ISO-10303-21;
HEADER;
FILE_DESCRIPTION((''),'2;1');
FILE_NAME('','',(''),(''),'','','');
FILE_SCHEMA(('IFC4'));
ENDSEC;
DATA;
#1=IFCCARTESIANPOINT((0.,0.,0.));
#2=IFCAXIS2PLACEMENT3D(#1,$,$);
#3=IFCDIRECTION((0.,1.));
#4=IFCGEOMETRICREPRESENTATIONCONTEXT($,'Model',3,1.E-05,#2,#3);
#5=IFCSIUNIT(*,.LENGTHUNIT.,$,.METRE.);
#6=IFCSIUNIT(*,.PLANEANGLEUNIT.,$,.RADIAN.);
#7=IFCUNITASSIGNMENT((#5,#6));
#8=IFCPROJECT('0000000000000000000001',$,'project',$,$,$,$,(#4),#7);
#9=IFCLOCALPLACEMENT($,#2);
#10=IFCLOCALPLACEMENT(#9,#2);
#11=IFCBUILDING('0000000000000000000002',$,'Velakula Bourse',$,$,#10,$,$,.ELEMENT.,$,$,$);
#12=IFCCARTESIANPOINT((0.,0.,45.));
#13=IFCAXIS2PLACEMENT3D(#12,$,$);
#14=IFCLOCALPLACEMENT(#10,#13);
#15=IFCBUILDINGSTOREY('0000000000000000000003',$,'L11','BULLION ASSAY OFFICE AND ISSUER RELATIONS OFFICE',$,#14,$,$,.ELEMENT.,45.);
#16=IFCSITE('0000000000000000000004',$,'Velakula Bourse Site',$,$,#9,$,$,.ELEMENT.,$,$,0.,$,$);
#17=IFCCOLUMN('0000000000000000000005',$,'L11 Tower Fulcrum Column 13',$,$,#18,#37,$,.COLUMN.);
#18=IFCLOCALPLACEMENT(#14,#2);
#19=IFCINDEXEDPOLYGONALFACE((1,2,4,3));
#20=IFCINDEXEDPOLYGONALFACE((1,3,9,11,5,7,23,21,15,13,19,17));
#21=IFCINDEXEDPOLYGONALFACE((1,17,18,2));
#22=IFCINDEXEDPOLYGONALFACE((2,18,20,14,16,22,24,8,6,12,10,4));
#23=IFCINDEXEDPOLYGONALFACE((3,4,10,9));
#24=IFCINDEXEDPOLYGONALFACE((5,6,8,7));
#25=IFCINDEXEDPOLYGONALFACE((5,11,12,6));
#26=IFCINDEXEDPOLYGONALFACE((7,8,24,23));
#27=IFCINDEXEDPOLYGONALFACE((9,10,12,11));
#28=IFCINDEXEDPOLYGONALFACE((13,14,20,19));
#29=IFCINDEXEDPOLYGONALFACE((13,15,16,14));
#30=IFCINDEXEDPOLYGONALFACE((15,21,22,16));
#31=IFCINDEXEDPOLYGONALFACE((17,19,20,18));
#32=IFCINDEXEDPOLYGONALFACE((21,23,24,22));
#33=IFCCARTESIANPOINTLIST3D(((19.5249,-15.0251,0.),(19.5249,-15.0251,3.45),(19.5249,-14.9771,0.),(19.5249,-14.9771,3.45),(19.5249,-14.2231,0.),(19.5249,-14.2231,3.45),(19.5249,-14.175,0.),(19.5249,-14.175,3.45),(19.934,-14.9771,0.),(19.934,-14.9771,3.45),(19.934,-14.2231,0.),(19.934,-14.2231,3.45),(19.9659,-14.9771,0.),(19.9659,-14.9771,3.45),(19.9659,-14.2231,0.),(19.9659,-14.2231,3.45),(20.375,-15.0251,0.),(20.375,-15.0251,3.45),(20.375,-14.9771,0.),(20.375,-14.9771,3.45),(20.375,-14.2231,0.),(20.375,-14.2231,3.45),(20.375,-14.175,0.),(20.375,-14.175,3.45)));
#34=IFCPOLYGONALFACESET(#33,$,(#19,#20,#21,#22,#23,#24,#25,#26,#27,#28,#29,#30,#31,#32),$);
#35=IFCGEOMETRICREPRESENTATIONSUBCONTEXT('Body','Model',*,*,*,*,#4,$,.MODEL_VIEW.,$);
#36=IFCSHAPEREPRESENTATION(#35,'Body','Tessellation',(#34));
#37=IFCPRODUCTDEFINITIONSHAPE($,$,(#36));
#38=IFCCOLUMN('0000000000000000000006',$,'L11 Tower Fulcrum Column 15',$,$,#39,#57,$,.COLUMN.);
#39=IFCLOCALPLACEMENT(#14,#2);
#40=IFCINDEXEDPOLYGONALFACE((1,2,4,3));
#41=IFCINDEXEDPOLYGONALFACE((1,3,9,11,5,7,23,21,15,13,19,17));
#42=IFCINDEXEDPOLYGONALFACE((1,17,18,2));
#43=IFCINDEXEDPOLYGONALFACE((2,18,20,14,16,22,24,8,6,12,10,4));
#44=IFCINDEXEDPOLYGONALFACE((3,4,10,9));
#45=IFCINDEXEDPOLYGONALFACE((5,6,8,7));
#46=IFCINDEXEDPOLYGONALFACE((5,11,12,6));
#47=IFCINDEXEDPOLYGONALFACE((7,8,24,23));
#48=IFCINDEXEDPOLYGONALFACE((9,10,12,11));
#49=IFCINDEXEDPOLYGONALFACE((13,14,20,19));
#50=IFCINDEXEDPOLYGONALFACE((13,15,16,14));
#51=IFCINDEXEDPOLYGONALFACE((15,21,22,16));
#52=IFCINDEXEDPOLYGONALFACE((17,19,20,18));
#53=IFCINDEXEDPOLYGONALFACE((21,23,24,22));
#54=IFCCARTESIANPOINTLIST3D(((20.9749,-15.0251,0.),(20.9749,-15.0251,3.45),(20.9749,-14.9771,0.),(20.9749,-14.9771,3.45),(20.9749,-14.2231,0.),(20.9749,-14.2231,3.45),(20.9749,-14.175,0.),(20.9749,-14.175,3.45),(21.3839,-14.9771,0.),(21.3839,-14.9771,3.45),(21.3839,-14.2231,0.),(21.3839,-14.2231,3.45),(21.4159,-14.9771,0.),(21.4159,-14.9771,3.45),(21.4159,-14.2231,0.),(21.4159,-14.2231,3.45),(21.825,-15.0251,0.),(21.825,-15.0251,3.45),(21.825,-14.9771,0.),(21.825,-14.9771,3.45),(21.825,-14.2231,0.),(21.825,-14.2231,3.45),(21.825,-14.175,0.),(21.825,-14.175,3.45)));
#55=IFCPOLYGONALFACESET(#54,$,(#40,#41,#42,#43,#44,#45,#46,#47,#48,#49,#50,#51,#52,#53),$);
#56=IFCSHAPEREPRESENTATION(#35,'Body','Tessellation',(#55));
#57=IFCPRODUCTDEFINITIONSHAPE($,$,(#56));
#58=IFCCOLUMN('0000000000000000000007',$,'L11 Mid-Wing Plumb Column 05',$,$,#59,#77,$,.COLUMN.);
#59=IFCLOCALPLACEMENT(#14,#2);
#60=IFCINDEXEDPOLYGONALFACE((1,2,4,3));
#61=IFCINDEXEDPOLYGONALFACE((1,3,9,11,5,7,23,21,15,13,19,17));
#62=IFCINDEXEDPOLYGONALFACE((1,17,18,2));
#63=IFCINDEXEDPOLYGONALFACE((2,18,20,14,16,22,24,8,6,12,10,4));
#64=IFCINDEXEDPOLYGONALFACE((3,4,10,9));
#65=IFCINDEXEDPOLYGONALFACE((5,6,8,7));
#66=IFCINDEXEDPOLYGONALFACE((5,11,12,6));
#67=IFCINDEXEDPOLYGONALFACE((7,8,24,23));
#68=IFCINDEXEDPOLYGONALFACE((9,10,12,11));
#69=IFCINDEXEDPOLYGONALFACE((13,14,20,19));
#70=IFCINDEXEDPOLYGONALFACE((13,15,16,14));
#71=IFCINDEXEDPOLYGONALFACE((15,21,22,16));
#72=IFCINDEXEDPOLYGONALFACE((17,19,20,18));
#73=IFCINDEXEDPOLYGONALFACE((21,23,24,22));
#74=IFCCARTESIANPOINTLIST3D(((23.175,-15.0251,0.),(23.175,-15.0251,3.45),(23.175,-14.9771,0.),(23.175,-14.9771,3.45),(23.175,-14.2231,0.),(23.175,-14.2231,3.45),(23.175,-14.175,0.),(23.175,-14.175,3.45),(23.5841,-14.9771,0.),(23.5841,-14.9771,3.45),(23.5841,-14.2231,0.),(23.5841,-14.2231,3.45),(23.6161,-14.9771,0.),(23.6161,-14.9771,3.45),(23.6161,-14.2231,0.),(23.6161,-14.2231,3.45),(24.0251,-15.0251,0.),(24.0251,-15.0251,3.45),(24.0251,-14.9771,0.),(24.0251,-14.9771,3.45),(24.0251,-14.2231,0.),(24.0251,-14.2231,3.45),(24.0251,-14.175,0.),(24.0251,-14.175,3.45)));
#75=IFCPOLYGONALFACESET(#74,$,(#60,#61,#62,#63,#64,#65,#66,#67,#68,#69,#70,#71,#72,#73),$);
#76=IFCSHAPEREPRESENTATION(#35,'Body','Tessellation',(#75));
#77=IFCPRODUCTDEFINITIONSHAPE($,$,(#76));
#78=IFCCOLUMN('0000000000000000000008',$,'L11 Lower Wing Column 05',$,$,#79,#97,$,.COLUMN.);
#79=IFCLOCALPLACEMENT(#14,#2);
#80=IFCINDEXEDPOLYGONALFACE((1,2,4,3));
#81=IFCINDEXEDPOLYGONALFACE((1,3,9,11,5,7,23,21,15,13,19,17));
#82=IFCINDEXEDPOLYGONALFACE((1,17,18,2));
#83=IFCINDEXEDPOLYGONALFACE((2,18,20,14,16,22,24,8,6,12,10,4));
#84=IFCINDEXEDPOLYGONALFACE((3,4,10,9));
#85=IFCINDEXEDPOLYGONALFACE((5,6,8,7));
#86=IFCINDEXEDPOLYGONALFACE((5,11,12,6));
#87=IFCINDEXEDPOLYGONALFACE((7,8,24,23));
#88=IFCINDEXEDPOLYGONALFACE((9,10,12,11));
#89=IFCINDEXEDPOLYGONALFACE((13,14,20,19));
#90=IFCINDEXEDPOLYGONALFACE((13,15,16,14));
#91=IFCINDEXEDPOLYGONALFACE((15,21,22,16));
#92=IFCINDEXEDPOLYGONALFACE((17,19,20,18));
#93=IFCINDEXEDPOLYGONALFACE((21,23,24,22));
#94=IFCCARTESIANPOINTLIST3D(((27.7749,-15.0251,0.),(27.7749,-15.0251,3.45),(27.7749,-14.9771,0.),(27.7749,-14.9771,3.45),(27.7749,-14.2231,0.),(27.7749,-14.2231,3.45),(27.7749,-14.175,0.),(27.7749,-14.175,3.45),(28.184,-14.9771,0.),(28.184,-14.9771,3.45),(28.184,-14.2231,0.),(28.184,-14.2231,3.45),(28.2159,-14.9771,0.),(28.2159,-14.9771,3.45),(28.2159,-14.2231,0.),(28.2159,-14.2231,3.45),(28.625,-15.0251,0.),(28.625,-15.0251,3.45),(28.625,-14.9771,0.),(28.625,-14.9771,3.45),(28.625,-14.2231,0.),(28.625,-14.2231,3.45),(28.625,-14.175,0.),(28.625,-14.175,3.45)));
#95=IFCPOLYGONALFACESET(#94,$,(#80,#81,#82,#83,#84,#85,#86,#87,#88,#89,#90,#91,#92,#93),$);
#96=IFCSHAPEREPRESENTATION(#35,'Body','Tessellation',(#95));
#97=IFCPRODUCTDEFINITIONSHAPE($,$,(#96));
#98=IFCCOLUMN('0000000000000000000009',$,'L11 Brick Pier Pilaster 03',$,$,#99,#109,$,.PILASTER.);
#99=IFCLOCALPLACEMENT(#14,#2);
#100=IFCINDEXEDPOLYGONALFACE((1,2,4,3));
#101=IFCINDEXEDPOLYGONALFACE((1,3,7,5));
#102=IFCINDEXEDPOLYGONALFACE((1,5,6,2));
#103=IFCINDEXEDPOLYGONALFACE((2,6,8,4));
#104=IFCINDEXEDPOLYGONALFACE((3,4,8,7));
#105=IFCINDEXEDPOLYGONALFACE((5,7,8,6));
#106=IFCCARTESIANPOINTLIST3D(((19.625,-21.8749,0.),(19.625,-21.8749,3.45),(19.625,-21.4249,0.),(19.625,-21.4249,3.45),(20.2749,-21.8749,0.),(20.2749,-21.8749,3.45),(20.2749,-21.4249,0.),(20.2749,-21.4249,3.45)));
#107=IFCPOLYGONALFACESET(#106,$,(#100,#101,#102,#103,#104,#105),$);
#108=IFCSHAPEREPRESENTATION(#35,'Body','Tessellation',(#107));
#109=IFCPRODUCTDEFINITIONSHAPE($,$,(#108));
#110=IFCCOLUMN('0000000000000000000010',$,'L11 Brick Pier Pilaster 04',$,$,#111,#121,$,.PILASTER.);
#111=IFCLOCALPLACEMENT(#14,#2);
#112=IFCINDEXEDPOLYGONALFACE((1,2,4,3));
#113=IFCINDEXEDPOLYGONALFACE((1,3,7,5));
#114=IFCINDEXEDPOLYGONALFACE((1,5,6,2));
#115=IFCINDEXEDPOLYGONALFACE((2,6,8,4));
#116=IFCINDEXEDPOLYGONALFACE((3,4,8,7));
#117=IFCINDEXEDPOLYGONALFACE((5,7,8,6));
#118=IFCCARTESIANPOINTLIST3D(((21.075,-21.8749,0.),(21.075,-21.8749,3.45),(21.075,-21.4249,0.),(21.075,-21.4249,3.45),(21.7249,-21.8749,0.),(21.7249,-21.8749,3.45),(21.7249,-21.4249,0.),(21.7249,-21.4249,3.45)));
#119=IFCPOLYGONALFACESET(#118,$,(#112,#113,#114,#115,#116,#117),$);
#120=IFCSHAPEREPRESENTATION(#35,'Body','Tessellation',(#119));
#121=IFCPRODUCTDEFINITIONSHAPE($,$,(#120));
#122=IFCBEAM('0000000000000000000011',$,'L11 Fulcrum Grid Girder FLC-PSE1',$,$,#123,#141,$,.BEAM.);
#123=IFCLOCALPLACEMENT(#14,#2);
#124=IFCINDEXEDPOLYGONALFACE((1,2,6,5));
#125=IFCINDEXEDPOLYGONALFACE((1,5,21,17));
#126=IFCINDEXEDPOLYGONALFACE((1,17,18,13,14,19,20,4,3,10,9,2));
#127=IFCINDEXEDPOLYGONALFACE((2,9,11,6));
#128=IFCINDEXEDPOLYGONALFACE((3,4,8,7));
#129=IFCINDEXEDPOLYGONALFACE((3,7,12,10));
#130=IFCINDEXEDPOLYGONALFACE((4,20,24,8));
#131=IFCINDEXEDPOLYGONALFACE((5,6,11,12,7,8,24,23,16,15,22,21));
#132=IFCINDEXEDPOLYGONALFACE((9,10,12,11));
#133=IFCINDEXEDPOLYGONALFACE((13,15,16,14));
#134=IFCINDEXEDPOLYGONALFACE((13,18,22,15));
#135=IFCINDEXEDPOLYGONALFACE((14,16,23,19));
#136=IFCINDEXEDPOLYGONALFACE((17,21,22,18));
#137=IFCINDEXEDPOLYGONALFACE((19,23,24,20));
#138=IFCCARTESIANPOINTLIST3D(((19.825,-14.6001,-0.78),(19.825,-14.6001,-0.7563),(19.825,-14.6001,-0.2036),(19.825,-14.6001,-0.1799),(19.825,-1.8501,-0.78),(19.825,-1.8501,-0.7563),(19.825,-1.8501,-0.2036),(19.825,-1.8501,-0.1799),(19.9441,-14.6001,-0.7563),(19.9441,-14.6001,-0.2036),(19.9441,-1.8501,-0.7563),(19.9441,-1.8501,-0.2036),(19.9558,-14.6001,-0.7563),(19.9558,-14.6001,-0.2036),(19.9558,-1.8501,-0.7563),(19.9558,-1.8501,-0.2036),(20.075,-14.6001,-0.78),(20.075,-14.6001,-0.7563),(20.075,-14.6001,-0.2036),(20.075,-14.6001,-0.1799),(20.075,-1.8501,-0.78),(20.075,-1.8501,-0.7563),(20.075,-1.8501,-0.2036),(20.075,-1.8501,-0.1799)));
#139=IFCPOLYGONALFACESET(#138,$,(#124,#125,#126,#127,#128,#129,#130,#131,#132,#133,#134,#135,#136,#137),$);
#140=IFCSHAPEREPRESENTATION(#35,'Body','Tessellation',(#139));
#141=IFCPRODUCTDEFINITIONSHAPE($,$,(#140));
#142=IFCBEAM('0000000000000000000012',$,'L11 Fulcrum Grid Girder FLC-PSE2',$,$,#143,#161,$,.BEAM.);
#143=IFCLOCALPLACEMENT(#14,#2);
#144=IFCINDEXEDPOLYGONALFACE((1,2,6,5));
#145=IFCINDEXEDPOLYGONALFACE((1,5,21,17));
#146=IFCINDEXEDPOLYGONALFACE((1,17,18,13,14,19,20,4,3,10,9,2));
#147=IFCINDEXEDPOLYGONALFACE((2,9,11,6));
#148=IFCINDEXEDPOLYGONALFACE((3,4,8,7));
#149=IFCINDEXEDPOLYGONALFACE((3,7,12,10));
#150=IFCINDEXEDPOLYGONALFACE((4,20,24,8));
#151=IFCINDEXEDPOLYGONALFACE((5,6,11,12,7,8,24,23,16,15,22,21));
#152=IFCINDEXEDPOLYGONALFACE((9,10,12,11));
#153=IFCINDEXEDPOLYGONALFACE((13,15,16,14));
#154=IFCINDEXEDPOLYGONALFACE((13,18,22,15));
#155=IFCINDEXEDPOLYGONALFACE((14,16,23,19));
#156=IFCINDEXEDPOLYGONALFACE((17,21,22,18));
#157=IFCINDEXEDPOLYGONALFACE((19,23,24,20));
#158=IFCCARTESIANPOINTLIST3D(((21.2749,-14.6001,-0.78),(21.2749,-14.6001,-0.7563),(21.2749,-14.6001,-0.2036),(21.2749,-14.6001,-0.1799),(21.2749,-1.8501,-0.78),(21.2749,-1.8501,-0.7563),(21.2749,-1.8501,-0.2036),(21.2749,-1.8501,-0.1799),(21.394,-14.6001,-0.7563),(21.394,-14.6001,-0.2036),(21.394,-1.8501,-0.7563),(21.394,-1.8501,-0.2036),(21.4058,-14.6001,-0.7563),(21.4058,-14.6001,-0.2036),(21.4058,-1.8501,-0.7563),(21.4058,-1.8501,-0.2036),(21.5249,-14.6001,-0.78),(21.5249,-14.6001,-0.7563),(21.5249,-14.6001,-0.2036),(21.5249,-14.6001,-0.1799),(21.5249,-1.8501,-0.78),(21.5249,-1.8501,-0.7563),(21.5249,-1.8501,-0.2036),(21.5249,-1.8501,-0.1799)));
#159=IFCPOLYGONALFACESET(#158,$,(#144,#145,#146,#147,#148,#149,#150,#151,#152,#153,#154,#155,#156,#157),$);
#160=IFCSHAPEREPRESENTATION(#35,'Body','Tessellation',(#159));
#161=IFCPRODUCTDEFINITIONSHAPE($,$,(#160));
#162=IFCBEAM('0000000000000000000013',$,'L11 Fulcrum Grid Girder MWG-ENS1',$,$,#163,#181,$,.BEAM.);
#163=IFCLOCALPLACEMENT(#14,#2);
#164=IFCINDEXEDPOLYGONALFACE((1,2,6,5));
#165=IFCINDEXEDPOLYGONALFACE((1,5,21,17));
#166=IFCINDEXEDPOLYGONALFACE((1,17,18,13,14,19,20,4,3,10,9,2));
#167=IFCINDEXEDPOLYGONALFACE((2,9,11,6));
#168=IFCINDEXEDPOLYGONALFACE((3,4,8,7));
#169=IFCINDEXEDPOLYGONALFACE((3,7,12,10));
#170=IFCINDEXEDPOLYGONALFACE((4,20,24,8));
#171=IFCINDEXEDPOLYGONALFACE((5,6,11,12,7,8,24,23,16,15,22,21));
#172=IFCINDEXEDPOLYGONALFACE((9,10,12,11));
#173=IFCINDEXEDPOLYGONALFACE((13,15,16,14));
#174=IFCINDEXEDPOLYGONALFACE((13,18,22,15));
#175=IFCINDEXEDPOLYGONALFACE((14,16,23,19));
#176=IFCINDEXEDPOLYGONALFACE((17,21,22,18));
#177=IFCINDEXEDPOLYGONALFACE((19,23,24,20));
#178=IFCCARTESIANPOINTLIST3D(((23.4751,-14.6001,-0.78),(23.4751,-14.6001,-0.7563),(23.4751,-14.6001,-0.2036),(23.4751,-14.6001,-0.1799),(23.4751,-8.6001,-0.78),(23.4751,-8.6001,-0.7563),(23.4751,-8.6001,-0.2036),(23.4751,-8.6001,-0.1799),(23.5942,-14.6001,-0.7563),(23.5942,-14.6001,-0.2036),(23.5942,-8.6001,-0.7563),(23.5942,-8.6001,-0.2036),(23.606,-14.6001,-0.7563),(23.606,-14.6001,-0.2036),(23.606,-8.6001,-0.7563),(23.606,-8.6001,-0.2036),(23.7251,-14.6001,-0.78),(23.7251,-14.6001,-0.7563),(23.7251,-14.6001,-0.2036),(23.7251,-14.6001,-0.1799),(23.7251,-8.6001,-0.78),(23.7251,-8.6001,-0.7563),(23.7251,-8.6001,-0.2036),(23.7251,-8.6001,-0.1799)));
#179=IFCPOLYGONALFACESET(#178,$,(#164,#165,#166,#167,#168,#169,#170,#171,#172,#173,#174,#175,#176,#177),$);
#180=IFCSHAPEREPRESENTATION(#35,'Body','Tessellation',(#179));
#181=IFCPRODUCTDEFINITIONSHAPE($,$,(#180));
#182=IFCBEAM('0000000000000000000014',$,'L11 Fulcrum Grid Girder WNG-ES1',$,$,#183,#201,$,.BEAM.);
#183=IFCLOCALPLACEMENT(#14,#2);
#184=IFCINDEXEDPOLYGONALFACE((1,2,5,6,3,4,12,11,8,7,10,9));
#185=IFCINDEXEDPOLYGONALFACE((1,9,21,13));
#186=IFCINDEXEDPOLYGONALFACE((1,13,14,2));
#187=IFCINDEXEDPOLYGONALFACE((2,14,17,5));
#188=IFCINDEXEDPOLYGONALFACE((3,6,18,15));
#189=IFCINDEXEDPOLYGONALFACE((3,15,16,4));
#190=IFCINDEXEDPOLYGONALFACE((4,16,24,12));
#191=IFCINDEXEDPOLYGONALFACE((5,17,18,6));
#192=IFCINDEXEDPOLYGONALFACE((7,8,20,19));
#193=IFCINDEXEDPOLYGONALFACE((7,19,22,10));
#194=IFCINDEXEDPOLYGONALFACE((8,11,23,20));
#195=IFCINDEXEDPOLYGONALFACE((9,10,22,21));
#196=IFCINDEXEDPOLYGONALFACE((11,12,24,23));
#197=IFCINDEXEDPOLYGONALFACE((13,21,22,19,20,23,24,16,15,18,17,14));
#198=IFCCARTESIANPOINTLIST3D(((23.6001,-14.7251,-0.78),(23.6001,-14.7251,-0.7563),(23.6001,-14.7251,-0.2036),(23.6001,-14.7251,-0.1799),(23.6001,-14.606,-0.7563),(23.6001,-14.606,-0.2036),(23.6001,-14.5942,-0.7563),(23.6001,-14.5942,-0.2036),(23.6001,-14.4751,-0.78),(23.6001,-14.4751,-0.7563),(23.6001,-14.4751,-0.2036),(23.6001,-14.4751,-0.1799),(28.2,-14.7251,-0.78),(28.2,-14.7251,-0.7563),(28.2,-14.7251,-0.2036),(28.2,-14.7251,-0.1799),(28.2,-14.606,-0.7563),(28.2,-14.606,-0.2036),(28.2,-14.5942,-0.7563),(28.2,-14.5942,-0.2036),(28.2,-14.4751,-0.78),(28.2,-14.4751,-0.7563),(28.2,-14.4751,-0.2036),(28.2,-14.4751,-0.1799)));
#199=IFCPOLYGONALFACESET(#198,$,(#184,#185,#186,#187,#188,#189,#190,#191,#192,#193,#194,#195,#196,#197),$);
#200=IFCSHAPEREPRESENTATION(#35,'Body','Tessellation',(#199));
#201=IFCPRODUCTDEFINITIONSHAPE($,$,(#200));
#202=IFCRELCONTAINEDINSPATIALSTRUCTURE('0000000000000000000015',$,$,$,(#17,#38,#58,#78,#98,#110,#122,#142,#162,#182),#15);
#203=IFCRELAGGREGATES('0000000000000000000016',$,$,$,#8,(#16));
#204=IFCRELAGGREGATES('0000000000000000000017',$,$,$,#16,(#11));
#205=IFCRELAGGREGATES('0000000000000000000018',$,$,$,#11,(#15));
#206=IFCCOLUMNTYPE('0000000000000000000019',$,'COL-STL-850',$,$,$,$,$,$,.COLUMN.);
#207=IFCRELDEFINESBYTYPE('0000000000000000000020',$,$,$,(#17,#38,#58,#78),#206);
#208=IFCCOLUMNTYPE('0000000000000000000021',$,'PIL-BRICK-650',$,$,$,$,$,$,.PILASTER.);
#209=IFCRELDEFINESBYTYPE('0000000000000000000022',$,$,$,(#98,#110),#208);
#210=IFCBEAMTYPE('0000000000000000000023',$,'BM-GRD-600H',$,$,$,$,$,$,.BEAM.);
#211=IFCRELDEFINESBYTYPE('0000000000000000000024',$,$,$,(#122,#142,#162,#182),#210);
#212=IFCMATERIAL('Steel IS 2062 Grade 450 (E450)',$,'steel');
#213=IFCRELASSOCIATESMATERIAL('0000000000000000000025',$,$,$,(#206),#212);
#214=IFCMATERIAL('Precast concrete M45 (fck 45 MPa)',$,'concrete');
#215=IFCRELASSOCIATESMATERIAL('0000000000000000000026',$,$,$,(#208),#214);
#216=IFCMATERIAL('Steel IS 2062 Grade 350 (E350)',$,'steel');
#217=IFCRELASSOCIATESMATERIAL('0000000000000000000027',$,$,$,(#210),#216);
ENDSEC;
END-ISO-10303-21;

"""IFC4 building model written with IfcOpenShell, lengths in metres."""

from ifc_helpers import new_model, si_unit, direction, frame, origin, origin_2d, place, context, subcontext, project, spatial, rectangle, i_section, extrude, material, material_profile, profile_set, type_object, element, save


model = new_model("IFC4")

# Units and contexts
model_context = context("Model", 3, precision=1e-05, world=origin(), true_north=direction((0.0, 1.0)))
body_context = subcontext(model_context, "Body", "Model", "MODEL_VIEW")
ifc_project = project(units=[si_unit("LENGTHUNIT", "METRE"), si_unit("PLANEANGLEUNIT", "RADIAN")], contexts=[model_context])

# Site, building, storey
site_placement = place(None, origin())
site = spatial("IfcSite", under=ifc_project, at=site_placement, Name="Velakula Bourse Site", CompositionType="ELEMENT", RefElevation=0.0)
building_placement = place(site_placement, origin())
building = spatial("IfcBuilding", under=site, at=building_placement, Name="Velakula Bourse", CompositionType="ELEMENT")
storey_placement = place(building_placement, frame((0.0, 0.0, 45.0)))
storey = spatial("IfcBuildingStorey", under=building, at=storey_placement, Name="L11", Description="BULLION ASSAY OFFICE AND ISSUER RELATIONS OFFICE", CompositionType="ELEMENT", Elevation=45.0)

# Columns
ifc_material_1 = material(Name="Steel IS 2062 Grade 450 (E450)", Category="steel")
ifc_material_profile_1 = material_profile(ifc_material_1, i_section(OverallWidth=0.8501, OverallDepth=0.8501, WebThickness=0.032, FlangeThickness=0.0481, at=origin_2d()), Name="Steel IS 2062 Grade 450 (E450)")
ifc_profile_set_1 = profile_set([ifc_material_profile_1], Name="Steel IS 2062 Grade 450 (E450)")
column_type_1 = type_object("IfcColumnType", Name="COL-STL-850", PredefinedType="COLUMN", material=ifc_profile_set_1)
for number, where, z_axis, x_axis, name in (
    (1, (19.95, -14.6001, 0.0), (0.0, 0.0, 1.0), (1.0, 0.0, 0.0), "L11 Tower Fulcrum Column 13"),
    (2, (21.3999, -14.6001, 0.0), (0.0, 0.0, 1.0), (1.0, 0.0, 0.0), "L11 Tower Fulcrum Column 15"),
    (3, (23.6001, -14.6001, 0.0), (0.0, 0.0, 1.0), (1.0, 0.0, 0.0), "L11 Mid-Wing Plumb Column 05"),
    (4, (28.2, -14.6001, 0.0), (0.0, 0.0, 1.0), (1.0, 0.0, 0.0), "L11 Lower Wing Column 05"),
):
    element("IfcColumn", number, at=place(storey_placement, frame(where, z_axis=z_axis, x_axis=x_axis)), inside=storey, type_object=column_type_1, Name=name, PredefinedType="COLUMN", context=body_context, shape_type="SweptSolid", body=[
        extrude(i_section(OverallWidth=0.8501, OverallDepth=0.8501, WebThickness=0.032, FlangeThickness=0.0481, at=origin_2d()), origin(), (0.0, 0.0, 1.0), 3.45),
    ])
ifc_material_2 = material(Name="Precast concrete M45 (fck 45 MPa)", Category="concrete")
ifc_material_profile_2 = material_profile(ifc_material_2, rectangle(XDim=0.6499, YDim=0.45, at=origin_2d()), Name="Precast concrete M45 (fck 45 MPa)")
ifc_profile_set_2 = profile_set([ifc_material_profile_2], Name="Precast concrete M45 (fck 45 MPa)")
column_type_2 = type_object("IfcColumnType", Name="PIL-BRICK-650", PredefinedType="PILASTER", material=ifc_profile_set_2)
for number, where, z_axis, x_axis, name in (
    (5, (19.95, -21.6499, 0.0), (0.0, 0.0, 1.0), (1.0, 0.0, 0.0), "L11 Brick Pier Pilaster 03"),
    (6, (21.3999, -21.6499, 0.0), (0.0, 0.0, 1.0), (1.0, 0.0, 0.0), "L11 Brick Pier Pilaster 04"),
):
    element("IfcColumn", number, at=place(storey_placement, frame(where, z_axis=z_axis, x_axis=x_axis)), inside=storey, type_object=column_type_2, Name=name, PredefinedType="PILASTER", context=body_context, shape_type="SweptSolid", body=[
        extrude(rectangle(XDim=0.6499, YDim=0.45, at=origin_2d()), origin(), (0.0, 0.0, 1.0), 3.45),
    ])

# Beams
ifc_material_3 = material(Name="Steel IS 2062 Grade 350 (E350)", Category="steel")
ifc_material_profile_3 = material_profile(ifc_material_3, i_section(OverallWidth=0.25, OverallDepth=0.6001, WebThickness=0.0117, FlangeThickness=0.0237, at=origin_2d()), Name="Steel IS 2062 Grade 350 (E350)")
ifc_profile_set_3 = profile_set([ifc_material_profile_3], Name="Steel IS 2062 Grade 350 (E350)")
beam_type_1 = type_object("IfcBeamType", Name="BM-GRD-600H", PredefinedType="BEAM", material=ifc_profile_set_3)
for number, where, z_axis, x_axis, name in (
    (7, (19.95, -14.6001, -0.48), (0.0, 1.0, 0.0), (-1.0, 0.0, 0.0), "L11 Fulcrum Grid Girder FLC-PSE1"),
    (8, (21.3999, -14.6001, -0.48), (0.0, 1.0, 0.0), (-1.0, 0.0, 0.0), "L11 Fulcrum Grid Girder FLC-PSE2"),
):
    element("IfcBeam", number, at=place(storey_placement, frame(where, z_axis=z_axis, x_axis=x_axis)), inside=storey, type_object=beam_type_1, Name=name, PredefinedType="BEAM", context=body_context, shape_type="SweptSolid", body=[
        extrude(i_section(OverallWidth=0.25, OverallDepth=0.6001, WebThickness=0.0117, FlangeThickness=0.0237, at=origin_2d()), origin(), (0.0, 0.0, 1.0), 12.75),
    ])
beam_1_placement = place(storey_placement, frame((23.6001, -14.6001, -0.48), z_axis=(0.0, 1.0, 0.0), x_axis=(-1.0, 0.0, 0.0)))
element("IfcBeam", 9, at=beam_1_placement, inside=storey, type_object=beam_type_1, Name="L11 Fulcrum Grid Girder MWG-ENS1", PredefinedType="BEAM", context=body_context, shape_type="SweptSolid", body=[
    extrude(i_section(OverallWidth=0.25, OverallDepth=0.6001, WebThickness=0.0117, FlangeThickness=0.0237, at=origin_2d()), origin(), (0.0, 0.0, 1.0), 6.0),
])
beam_2_placement = place(storey_placement, frame((23.6001, -14.6001, -0.48), z_axis=(1.0, 0.0, 0.0), x_axis=(0.0, 1.0, 0.0)))
element("IfcBeam", 10, at=beam_2_placement, inside=storey, type_object=beam_type_1, Name="L11 Fulcrum Grid Girder WNG-ES1", PredefinedType="BEAM", context=body_context, shape_type="SweptSolid", body=[
    extrude(i_section(OverallWidth=0.25, OverallDepth=0.6001, WebThickness=0.0117, FlangeThickness=0.0237, at=origin_2d()), origin(), (0.0, 0.0, 1.0), 4.5999),
])

save(model, "model.ifc")
